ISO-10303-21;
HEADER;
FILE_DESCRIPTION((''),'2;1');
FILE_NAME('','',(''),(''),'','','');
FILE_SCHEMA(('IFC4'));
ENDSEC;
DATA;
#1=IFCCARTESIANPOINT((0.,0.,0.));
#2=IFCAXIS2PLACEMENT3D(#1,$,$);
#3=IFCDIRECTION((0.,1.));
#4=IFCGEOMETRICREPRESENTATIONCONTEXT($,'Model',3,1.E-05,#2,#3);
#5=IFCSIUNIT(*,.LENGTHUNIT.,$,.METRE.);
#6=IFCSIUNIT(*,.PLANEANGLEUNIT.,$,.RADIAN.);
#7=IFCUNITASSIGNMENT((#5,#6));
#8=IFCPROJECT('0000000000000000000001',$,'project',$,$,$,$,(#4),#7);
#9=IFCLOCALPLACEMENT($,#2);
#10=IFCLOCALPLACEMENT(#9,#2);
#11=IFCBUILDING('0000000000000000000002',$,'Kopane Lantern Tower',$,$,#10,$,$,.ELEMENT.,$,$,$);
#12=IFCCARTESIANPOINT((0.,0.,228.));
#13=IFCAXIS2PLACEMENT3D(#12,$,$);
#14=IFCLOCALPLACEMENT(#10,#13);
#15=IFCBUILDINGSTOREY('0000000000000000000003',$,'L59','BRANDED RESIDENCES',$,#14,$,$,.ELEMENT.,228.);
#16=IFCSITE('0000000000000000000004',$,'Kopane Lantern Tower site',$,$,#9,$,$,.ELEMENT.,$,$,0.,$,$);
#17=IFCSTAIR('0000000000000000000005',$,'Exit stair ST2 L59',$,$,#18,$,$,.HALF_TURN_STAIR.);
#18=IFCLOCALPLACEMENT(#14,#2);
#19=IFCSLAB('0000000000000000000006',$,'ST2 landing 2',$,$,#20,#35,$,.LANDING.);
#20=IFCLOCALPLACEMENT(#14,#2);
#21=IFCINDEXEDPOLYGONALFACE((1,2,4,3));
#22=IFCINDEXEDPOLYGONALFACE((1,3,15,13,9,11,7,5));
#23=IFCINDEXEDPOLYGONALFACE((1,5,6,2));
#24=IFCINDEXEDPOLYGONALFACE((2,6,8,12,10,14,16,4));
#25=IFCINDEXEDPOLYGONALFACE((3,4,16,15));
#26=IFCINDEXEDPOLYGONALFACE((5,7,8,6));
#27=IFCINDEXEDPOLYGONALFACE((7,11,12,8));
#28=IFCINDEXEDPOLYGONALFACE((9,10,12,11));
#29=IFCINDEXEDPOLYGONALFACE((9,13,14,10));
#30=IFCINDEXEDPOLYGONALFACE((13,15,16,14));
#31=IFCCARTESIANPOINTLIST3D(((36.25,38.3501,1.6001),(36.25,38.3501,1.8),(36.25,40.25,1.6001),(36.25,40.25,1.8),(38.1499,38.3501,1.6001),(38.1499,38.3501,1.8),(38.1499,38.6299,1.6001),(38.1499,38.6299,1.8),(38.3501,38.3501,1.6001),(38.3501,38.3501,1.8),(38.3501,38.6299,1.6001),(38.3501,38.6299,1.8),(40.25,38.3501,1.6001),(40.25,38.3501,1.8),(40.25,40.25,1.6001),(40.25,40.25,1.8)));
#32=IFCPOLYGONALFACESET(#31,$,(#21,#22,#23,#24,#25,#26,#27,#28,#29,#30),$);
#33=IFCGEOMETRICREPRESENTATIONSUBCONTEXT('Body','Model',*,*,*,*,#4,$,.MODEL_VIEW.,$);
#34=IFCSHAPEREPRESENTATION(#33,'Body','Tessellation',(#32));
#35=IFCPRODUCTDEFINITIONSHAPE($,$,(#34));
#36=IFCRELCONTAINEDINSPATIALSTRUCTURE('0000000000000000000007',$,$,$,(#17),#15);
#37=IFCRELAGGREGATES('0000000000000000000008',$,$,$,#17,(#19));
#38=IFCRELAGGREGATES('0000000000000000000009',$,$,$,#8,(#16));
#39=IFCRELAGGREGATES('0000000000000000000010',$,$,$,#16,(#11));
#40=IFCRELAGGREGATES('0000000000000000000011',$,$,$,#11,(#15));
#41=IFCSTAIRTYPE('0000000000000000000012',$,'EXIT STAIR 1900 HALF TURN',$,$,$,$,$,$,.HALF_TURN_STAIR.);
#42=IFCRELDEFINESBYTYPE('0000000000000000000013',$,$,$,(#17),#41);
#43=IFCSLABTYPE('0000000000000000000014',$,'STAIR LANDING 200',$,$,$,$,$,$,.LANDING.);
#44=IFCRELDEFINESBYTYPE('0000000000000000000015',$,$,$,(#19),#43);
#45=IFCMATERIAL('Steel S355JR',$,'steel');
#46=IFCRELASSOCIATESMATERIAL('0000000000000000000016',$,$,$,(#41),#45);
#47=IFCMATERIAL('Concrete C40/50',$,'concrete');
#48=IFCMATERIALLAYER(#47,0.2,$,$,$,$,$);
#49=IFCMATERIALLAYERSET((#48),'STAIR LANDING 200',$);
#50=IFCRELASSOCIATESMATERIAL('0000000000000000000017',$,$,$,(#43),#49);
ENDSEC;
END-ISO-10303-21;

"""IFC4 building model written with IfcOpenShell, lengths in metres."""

from ifc_helpers import new_model, si_unit, direction, frame, origin, place, context, subcontext, project, spatial, polyline, outline, extrude, material, layer, layer_set, type_object, element, aggregate, save


model = new_model("IFC4")

# Units and contexts
model_context = context("Model", 3, precision=1e-05, world=origin(), true_north=direction((0.0, 1.0)))
body_context = subcontext(model_context, "Body", "Model", "MODEL_VIEW")
ifc_project = project(units=[si_unit("LENGTHUNIT", "METRE"), si_unit("PLANEANGLEUNIT", "RADIAN")], contexts=[model_context])

# Site, building, storey
site_placement = place(None, origin())
site = spatial("IfcSite", under=ifc_project, at=site_placement, Name="Kopane Lantern Tower site", CompositionType="ELEMENT", RefElevation=0.0)
building_placement = place(site_placement, origin())
building = spatial("IfcBuilding", under=site, at=building_placement, Name="Kopane Lantern Tower", CompositionType="ELEMENT")
storey_placement = place(building_placement, frame((0.0, 0.0, 228.0)))
storey = spatial("IfcBuildingStorey", under=building, at=storey_placement, Name="L59", Description="BRANDED RESIDENCES", CompositionType="ELEMENT", Elevation=228.0)

# Stair, slab
ifc_material_1 = material(Name="Steel S355JR", Category="steel")
stair_type = type_object("IfcStairType", Name="EXIT STAIR 1900 HALF TURN", PredefinedType="HALF_TURN_STAIR", material=ifc_material_1)
ifc_material_2 = material(Name="Concrete C40/50", Category="concrete")
ifc_layer_1 = layer(ifc_material_2, 0.2)
ifc_layer_set_1 = layer_set([ifc_layer_1], Name="STAIR LANDING 200")
slab_type_1 = type_object("IfcSlabType", Name="STAIR LANDING 200", PredefinedType="LANDING", material=ifc_layer_set_1)
stair_1_placement = place(storey_placement, origin())
stair_1 = element("IfcStair", 1, at=stair_1_placement, inside=storey, type_object=stair_type, Name="Exit stair ST2 L59", PredefinedType="HALF_TURN_STAIR")
slab_1_placement = place(storey_placement, frame((0.0, 0.0, 1.6001)))
slab_1 = element("IfcSlab", 2, at=slab_1_placement, type_object=slab_type_1, Name="ST2 landing 2", PredefinedType="LANDING", context=body_context, shape_type="SweptSolid", body=[
    extrude(outline(polyline([(38.1499, 38.6299), (38.3501, 38.6299), (38.3501, 38.3501), (40.25, 38.3501), (40.25, 40.25), (36.25, 40.25), (36.25, 38.3501), (38.1499, 38.3501), (38.1499, 38.6299)])), origin(), (0.0, 0.0, 1.0), 0.2),
])
aggregate(stair_1, [slab_1])

save(model, "model.ifc")
